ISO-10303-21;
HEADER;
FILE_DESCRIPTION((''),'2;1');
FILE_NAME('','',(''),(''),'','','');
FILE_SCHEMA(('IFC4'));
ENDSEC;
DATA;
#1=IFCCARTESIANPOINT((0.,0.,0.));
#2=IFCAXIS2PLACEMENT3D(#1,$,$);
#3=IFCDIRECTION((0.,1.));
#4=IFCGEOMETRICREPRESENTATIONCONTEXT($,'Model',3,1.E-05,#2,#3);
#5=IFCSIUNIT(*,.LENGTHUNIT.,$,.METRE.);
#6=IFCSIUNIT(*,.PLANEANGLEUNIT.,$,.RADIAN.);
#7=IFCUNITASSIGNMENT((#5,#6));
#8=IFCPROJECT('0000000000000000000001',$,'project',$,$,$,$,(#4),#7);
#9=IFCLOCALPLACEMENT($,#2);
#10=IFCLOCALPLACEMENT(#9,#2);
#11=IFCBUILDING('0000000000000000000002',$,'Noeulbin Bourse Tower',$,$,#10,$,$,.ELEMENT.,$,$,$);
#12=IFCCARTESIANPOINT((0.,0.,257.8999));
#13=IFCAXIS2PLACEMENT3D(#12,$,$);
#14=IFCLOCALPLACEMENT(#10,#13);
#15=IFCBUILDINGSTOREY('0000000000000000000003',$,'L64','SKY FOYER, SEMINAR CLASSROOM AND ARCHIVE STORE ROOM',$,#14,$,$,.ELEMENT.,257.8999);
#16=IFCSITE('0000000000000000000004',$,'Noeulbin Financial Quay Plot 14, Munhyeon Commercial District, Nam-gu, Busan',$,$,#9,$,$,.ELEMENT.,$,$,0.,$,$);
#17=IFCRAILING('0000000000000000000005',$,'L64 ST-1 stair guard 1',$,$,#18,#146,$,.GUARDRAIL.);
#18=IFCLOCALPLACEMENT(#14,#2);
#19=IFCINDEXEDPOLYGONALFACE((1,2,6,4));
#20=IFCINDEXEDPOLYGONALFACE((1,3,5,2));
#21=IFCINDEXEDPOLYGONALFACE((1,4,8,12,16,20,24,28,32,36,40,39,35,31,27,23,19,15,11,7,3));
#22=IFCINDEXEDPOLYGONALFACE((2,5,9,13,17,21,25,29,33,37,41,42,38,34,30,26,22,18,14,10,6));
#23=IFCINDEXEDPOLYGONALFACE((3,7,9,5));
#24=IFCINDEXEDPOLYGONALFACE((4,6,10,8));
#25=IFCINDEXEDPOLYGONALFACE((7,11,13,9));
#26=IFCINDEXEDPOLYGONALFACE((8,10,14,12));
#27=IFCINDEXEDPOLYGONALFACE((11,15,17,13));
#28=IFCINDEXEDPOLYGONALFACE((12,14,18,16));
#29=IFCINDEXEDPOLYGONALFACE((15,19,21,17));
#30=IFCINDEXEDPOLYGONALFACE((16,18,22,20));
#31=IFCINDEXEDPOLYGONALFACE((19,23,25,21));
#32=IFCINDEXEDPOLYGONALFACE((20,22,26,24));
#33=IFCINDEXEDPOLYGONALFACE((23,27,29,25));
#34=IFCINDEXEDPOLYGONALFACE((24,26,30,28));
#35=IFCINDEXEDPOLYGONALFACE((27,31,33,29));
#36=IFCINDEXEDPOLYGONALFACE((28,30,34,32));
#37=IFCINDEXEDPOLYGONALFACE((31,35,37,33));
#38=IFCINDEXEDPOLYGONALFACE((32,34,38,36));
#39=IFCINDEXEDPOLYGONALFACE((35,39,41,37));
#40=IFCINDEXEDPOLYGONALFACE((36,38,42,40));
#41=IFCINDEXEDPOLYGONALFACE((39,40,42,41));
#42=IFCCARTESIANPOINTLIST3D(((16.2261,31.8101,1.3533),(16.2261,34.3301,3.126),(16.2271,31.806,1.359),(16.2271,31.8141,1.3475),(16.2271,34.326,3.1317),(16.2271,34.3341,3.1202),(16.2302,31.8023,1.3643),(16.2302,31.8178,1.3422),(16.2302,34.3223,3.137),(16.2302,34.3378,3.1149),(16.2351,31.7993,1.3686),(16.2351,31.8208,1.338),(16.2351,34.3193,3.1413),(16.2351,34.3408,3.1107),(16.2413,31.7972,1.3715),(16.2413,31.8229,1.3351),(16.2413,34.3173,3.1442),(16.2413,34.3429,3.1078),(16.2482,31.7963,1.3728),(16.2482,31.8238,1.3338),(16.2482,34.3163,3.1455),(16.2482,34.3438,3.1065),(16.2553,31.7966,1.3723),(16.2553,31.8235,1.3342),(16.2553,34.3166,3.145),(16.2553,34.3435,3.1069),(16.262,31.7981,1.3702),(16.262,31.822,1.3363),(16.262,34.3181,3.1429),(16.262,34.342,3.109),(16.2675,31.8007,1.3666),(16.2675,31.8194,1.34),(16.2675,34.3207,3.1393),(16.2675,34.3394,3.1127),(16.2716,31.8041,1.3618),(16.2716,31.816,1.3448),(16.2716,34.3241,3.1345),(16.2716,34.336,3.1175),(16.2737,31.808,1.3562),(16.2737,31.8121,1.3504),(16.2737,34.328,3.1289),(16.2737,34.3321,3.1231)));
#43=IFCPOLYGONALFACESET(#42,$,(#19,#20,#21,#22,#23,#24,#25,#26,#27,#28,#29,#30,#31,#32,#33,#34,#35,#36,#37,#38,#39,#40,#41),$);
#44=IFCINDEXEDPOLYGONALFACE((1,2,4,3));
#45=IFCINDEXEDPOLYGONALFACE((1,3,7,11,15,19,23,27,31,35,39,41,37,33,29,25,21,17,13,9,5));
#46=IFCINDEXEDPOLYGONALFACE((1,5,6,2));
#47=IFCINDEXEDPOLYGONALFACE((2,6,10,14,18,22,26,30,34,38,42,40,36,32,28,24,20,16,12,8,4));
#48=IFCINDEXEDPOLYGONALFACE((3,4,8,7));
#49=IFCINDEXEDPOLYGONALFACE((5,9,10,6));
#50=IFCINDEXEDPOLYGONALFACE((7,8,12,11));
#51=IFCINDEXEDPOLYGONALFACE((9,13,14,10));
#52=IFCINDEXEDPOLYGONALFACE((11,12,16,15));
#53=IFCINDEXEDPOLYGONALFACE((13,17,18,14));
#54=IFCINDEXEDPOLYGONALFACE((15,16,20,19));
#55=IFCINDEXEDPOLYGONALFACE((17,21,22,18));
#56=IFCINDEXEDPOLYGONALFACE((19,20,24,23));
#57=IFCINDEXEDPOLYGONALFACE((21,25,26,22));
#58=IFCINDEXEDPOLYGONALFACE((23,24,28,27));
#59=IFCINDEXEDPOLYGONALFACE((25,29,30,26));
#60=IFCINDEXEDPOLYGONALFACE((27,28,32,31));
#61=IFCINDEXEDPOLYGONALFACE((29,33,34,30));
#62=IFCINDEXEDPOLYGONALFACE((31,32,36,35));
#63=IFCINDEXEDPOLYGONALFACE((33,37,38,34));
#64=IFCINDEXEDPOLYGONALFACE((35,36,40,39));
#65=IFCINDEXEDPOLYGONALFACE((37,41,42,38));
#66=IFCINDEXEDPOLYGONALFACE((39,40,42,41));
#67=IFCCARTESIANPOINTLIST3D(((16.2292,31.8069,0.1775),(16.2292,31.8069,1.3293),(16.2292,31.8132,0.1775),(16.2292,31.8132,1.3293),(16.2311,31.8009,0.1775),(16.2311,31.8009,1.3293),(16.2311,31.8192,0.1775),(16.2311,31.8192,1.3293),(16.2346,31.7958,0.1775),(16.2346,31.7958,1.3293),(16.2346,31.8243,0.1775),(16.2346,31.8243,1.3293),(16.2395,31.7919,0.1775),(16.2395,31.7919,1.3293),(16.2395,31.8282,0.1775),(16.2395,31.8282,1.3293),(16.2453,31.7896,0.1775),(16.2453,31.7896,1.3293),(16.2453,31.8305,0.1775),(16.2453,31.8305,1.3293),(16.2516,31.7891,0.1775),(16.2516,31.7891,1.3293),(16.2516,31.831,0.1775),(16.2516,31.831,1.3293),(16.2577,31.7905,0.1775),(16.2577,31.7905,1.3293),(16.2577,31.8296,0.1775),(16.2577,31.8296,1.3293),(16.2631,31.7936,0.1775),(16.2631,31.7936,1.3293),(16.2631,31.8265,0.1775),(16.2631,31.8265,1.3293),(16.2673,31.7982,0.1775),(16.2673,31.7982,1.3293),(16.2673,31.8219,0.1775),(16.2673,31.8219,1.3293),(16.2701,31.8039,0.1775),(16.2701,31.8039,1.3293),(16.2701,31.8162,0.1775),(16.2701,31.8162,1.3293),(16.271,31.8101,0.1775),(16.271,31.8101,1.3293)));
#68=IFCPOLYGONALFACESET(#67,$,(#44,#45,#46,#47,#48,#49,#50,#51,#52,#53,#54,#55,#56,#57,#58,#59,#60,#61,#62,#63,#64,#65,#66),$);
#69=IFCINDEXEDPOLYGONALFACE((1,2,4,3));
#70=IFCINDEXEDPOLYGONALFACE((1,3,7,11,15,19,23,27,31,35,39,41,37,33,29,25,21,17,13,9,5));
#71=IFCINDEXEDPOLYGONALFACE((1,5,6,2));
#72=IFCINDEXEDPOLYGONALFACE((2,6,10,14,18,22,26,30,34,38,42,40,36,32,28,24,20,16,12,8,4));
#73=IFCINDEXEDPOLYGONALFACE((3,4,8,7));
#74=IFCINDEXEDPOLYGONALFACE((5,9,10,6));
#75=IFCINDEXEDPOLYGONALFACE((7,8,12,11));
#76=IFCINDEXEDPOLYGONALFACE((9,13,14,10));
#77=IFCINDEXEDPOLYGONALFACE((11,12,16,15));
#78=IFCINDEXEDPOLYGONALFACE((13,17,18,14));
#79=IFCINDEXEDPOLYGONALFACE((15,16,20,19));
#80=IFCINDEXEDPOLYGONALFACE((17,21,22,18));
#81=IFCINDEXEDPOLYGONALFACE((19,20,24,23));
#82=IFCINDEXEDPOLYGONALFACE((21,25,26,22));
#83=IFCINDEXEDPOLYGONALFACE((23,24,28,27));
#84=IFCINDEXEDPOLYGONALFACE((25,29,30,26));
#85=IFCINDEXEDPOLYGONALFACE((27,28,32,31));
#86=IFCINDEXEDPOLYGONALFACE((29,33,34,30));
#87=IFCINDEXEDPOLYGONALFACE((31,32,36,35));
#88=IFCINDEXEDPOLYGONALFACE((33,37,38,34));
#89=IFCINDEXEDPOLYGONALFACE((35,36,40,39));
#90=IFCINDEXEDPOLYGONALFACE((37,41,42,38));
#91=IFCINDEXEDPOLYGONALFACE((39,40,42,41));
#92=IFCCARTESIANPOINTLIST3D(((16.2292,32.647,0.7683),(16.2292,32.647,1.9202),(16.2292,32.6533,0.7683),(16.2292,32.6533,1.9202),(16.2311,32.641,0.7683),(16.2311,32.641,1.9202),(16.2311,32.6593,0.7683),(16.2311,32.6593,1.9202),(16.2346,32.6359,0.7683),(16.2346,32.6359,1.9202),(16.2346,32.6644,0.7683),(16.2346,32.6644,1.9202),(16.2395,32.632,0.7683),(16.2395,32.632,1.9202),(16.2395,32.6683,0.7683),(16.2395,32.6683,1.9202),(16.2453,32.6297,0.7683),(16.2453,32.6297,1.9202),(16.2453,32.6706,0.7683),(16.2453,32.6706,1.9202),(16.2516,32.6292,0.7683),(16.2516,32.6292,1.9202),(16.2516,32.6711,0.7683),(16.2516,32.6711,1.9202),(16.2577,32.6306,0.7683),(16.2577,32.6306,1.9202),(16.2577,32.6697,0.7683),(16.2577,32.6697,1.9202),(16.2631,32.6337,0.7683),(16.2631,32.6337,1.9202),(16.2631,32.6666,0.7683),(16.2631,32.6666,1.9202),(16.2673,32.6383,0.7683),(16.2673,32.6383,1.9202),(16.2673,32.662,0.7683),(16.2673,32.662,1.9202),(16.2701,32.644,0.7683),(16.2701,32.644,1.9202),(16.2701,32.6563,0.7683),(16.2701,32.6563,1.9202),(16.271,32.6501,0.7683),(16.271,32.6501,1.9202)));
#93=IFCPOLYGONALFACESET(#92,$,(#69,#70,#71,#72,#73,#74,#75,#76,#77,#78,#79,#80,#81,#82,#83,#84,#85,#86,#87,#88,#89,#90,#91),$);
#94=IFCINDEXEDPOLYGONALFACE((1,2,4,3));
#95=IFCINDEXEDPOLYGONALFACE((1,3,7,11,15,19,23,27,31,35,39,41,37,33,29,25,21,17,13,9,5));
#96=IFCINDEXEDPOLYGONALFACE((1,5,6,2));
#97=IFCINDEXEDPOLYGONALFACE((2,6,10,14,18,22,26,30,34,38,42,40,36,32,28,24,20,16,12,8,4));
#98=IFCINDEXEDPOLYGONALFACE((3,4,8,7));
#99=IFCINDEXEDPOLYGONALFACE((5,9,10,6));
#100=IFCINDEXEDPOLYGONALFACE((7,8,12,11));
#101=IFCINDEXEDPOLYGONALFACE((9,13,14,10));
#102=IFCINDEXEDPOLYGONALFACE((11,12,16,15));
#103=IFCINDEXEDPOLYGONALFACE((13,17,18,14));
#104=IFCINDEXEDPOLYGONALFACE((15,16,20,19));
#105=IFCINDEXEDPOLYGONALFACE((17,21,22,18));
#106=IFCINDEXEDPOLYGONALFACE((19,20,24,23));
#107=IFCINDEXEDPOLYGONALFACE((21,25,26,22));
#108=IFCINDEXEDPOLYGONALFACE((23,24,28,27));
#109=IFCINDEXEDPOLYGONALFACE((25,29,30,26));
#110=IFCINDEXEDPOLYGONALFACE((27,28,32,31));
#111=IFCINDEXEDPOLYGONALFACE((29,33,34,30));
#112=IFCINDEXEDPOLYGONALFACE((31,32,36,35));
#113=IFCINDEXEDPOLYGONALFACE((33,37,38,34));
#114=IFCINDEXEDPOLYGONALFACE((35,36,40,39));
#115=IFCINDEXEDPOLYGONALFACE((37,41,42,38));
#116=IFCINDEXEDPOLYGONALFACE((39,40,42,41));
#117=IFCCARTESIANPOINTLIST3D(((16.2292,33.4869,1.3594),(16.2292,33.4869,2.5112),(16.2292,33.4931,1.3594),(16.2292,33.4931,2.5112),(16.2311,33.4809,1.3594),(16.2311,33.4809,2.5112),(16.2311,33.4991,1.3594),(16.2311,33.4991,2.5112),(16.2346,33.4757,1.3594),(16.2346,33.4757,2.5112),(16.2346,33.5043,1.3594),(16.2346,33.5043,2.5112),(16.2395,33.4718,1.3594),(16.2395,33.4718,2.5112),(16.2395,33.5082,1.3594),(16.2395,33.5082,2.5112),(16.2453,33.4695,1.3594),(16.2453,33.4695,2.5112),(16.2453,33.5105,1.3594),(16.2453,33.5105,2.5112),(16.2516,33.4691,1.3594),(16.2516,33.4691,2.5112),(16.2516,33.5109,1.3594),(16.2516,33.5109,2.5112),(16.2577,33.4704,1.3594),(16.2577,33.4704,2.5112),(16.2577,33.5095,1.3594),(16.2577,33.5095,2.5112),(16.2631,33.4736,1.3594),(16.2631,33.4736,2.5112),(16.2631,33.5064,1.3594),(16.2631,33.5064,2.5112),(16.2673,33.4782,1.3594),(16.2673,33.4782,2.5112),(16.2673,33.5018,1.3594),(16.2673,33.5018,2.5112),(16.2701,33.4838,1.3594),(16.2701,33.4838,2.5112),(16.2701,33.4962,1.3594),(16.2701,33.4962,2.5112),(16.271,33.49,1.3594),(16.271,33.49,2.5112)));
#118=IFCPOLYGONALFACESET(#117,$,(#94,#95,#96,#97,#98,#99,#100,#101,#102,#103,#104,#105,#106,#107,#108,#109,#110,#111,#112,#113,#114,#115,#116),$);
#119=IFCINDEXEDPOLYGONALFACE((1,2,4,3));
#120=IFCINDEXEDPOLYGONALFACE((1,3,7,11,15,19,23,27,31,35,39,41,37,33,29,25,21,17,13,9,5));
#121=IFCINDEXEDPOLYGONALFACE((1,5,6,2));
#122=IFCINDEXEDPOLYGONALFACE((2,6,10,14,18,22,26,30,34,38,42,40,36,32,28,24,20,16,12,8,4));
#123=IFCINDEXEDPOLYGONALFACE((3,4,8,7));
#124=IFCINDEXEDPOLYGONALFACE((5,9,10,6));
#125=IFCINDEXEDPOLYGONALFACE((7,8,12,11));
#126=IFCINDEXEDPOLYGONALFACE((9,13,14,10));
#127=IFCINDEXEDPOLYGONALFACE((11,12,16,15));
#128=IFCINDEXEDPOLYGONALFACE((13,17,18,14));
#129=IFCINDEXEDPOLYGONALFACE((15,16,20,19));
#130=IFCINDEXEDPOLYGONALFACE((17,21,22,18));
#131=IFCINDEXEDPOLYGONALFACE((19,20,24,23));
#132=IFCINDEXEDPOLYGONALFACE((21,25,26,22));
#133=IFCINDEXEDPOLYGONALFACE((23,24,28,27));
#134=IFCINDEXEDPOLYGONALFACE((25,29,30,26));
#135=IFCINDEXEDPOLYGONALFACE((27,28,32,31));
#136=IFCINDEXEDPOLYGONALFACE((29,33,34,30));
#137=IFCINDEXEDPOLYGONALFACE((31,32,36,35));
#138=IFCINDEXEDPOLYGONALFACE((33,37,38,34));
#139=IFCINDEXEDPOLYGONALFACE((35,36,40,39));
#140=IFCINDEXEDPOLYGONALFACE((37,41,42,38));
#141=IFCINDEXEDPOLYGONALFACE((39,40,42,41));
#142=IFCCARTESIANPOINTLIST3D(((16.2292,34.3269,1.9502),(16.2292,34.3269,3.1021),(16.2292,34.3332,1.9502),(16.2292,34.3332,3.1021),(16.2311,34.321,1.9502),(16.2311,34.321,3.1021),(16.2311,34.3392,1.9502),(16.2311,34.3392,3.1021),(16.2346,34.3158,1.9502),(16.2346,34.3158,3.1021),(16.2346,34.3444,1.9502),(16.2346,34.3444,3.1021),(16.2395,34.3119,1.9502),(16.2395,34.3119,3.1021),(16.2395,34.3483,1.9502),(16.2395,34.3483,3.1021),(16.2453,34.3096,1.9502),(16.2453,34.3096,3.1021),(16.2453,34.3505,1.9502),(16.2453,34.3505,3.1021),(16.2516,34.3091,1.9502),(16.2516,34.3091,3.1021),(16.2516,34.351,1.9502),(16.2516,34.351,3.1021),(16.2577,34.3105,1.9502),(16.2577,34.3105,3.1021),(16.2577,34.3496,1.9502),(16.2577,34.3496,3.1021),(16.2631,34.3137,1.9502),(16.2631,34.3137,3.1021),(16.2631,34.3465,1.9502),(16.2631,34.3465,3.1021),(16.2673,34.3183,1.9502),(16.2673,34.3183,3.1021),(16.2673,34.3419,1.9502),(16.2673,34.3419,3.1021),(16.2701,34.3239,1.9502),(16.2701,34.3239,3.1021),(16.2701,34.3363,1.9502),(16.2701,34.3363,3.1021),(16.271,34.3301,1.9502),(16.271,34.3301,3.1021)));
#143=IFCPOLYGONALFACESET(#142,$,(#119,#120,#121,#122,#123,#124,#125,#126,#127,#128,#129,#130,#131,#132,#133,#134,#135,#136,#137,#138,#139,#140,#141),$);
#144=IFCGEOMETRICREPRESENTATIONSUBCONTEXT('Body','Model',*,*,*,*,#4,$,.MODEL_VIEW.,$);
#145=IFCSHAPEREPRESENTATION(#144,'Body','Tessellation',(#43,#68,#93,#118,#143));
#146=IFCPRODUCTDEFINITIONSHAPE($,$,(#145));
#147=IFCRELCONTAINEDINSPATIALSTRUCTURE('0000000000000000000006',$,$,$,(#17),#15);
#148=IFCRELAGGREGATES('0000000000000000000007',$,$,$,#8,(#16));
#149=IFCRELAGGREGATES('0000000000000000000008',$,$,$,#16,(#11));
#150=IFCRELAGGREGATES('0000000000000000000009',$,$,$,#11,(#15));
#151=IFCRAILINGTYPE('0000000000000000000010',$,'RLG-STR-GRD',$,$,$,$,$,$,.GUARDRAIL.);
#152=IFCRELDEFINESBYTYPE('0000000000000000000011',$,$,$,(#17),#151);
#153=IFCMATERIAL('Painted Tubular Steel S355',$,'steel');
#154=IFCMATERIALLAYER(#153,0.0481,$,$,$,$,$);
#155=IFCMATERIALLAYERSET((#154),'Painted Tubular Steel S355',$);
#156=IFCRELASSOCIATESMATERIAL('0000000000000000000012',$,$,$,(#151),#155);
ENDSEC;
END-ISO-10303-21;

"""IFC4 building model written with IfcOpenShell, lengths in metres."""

from ifc_helpers import new_model, si_unit, direction, frame, origin, origin_2d, place, context, subcontext, project, spatial, circle, extrude, material, layer, layer_set, type_object, element, save


model = new_model("IFC4")

# Units and contexts
model_context = context("Model", 3, precision=1e-05, world=origin(), true_north=direction((0.0, 1.0)))
body_context = subcontext(model_context, "Body", "Model", "MODEL_VIEW")
ifc_project = project(units=[si_unit("LENGTHUNIT", "METRE"), si_unit("PLANEANGLEUNIT", "RADIAN")], contexts=[model_context])

# Site, building, storey
site_placement = place(None, origin())
site = spatial("IfcSite", under=ifc_project, at=site_placement, Name="Noeulbin Financial Quay Plot 14, Munhyeon Commercial District, Nam-gu, Busan", CompositionType="ELEMENT", RefElevation=0.0)
building_placement = place(site_placement, origin())
building = spatial("IfcBuilding", under=site, at=building_placement, Name="Noeulbin Bourse Tower", CompositionType="ELEMENT")
storey_placement = place(building_placement, frame((0.0, 0.0, 257.8999)))
storey = spatial("IfcBuildingStorey", under=building, at=storey_placement, Name="L64", Description="SKY FOYER, SEMINAR CLASSROOM AND ARCHIVE STORE ROOM", CompositionType="ELEMENT", Elevation=257.8999)

# Railing
ifc_material_1 = material(Name="Painted Tubular Steel S355", Category="steel")
ifc_layer_1 = layer(ifc_material_1, 0.0481)
ifc_layer_set_1 = layer_set([ifc_layer_1], Name="Painted Tubular Steel S355")
railing_type_1 = type_object("IfcRailingType", Name="RLG-STR-GRD", PredefinedType="GUARDRAIL", material=ifc_layer_set_1)
railing_1_placement = place(storey_placement, frame((16.25, 31.8101, 0.1775)))
element("IfcRailing", 1, at=railing_1_placement, inside=storey, type_object=railing_type_1, Name="L64 ST-1 stair guard 1", PredefinedType="GUARDRAIL", context=body_context, shape_type="SweptSolid", body=[
    extrude(circle(Radius=0.0239, at=origin_2d()), frame((0.0, 0.0, 1.1758), z_axis=(0.0, 0.817904, 0.575354), x_axis=(-1.0, 0.0, 0.0)), (0.0, 0.0, 1.0), 3.0811),
    extrude(circle(Radius=0.021, at=origin_2d()), origin(), (0.0, 0.0, 1.0), 1.1519),
    extrude(circle(Radius=0.021, at=origin_2d()), frame((0.0, 0.8401, 0.5908)), (0.0, 0.0, 1.0), 1.1519),
    extrude(circle(Radius=0.021, at=origin_2d()), frame((0.0, 1.6799, 1.1819)), (0.0, 0.0, 1.0), 1.1519),
    extrude(circle(Radius=0.021, at=origin_2d()), frame((0.0, 2.52, 1.7727)), (0.0, 0.0, 1.0), 1.1519),
])

save(model, "model.ifc")
